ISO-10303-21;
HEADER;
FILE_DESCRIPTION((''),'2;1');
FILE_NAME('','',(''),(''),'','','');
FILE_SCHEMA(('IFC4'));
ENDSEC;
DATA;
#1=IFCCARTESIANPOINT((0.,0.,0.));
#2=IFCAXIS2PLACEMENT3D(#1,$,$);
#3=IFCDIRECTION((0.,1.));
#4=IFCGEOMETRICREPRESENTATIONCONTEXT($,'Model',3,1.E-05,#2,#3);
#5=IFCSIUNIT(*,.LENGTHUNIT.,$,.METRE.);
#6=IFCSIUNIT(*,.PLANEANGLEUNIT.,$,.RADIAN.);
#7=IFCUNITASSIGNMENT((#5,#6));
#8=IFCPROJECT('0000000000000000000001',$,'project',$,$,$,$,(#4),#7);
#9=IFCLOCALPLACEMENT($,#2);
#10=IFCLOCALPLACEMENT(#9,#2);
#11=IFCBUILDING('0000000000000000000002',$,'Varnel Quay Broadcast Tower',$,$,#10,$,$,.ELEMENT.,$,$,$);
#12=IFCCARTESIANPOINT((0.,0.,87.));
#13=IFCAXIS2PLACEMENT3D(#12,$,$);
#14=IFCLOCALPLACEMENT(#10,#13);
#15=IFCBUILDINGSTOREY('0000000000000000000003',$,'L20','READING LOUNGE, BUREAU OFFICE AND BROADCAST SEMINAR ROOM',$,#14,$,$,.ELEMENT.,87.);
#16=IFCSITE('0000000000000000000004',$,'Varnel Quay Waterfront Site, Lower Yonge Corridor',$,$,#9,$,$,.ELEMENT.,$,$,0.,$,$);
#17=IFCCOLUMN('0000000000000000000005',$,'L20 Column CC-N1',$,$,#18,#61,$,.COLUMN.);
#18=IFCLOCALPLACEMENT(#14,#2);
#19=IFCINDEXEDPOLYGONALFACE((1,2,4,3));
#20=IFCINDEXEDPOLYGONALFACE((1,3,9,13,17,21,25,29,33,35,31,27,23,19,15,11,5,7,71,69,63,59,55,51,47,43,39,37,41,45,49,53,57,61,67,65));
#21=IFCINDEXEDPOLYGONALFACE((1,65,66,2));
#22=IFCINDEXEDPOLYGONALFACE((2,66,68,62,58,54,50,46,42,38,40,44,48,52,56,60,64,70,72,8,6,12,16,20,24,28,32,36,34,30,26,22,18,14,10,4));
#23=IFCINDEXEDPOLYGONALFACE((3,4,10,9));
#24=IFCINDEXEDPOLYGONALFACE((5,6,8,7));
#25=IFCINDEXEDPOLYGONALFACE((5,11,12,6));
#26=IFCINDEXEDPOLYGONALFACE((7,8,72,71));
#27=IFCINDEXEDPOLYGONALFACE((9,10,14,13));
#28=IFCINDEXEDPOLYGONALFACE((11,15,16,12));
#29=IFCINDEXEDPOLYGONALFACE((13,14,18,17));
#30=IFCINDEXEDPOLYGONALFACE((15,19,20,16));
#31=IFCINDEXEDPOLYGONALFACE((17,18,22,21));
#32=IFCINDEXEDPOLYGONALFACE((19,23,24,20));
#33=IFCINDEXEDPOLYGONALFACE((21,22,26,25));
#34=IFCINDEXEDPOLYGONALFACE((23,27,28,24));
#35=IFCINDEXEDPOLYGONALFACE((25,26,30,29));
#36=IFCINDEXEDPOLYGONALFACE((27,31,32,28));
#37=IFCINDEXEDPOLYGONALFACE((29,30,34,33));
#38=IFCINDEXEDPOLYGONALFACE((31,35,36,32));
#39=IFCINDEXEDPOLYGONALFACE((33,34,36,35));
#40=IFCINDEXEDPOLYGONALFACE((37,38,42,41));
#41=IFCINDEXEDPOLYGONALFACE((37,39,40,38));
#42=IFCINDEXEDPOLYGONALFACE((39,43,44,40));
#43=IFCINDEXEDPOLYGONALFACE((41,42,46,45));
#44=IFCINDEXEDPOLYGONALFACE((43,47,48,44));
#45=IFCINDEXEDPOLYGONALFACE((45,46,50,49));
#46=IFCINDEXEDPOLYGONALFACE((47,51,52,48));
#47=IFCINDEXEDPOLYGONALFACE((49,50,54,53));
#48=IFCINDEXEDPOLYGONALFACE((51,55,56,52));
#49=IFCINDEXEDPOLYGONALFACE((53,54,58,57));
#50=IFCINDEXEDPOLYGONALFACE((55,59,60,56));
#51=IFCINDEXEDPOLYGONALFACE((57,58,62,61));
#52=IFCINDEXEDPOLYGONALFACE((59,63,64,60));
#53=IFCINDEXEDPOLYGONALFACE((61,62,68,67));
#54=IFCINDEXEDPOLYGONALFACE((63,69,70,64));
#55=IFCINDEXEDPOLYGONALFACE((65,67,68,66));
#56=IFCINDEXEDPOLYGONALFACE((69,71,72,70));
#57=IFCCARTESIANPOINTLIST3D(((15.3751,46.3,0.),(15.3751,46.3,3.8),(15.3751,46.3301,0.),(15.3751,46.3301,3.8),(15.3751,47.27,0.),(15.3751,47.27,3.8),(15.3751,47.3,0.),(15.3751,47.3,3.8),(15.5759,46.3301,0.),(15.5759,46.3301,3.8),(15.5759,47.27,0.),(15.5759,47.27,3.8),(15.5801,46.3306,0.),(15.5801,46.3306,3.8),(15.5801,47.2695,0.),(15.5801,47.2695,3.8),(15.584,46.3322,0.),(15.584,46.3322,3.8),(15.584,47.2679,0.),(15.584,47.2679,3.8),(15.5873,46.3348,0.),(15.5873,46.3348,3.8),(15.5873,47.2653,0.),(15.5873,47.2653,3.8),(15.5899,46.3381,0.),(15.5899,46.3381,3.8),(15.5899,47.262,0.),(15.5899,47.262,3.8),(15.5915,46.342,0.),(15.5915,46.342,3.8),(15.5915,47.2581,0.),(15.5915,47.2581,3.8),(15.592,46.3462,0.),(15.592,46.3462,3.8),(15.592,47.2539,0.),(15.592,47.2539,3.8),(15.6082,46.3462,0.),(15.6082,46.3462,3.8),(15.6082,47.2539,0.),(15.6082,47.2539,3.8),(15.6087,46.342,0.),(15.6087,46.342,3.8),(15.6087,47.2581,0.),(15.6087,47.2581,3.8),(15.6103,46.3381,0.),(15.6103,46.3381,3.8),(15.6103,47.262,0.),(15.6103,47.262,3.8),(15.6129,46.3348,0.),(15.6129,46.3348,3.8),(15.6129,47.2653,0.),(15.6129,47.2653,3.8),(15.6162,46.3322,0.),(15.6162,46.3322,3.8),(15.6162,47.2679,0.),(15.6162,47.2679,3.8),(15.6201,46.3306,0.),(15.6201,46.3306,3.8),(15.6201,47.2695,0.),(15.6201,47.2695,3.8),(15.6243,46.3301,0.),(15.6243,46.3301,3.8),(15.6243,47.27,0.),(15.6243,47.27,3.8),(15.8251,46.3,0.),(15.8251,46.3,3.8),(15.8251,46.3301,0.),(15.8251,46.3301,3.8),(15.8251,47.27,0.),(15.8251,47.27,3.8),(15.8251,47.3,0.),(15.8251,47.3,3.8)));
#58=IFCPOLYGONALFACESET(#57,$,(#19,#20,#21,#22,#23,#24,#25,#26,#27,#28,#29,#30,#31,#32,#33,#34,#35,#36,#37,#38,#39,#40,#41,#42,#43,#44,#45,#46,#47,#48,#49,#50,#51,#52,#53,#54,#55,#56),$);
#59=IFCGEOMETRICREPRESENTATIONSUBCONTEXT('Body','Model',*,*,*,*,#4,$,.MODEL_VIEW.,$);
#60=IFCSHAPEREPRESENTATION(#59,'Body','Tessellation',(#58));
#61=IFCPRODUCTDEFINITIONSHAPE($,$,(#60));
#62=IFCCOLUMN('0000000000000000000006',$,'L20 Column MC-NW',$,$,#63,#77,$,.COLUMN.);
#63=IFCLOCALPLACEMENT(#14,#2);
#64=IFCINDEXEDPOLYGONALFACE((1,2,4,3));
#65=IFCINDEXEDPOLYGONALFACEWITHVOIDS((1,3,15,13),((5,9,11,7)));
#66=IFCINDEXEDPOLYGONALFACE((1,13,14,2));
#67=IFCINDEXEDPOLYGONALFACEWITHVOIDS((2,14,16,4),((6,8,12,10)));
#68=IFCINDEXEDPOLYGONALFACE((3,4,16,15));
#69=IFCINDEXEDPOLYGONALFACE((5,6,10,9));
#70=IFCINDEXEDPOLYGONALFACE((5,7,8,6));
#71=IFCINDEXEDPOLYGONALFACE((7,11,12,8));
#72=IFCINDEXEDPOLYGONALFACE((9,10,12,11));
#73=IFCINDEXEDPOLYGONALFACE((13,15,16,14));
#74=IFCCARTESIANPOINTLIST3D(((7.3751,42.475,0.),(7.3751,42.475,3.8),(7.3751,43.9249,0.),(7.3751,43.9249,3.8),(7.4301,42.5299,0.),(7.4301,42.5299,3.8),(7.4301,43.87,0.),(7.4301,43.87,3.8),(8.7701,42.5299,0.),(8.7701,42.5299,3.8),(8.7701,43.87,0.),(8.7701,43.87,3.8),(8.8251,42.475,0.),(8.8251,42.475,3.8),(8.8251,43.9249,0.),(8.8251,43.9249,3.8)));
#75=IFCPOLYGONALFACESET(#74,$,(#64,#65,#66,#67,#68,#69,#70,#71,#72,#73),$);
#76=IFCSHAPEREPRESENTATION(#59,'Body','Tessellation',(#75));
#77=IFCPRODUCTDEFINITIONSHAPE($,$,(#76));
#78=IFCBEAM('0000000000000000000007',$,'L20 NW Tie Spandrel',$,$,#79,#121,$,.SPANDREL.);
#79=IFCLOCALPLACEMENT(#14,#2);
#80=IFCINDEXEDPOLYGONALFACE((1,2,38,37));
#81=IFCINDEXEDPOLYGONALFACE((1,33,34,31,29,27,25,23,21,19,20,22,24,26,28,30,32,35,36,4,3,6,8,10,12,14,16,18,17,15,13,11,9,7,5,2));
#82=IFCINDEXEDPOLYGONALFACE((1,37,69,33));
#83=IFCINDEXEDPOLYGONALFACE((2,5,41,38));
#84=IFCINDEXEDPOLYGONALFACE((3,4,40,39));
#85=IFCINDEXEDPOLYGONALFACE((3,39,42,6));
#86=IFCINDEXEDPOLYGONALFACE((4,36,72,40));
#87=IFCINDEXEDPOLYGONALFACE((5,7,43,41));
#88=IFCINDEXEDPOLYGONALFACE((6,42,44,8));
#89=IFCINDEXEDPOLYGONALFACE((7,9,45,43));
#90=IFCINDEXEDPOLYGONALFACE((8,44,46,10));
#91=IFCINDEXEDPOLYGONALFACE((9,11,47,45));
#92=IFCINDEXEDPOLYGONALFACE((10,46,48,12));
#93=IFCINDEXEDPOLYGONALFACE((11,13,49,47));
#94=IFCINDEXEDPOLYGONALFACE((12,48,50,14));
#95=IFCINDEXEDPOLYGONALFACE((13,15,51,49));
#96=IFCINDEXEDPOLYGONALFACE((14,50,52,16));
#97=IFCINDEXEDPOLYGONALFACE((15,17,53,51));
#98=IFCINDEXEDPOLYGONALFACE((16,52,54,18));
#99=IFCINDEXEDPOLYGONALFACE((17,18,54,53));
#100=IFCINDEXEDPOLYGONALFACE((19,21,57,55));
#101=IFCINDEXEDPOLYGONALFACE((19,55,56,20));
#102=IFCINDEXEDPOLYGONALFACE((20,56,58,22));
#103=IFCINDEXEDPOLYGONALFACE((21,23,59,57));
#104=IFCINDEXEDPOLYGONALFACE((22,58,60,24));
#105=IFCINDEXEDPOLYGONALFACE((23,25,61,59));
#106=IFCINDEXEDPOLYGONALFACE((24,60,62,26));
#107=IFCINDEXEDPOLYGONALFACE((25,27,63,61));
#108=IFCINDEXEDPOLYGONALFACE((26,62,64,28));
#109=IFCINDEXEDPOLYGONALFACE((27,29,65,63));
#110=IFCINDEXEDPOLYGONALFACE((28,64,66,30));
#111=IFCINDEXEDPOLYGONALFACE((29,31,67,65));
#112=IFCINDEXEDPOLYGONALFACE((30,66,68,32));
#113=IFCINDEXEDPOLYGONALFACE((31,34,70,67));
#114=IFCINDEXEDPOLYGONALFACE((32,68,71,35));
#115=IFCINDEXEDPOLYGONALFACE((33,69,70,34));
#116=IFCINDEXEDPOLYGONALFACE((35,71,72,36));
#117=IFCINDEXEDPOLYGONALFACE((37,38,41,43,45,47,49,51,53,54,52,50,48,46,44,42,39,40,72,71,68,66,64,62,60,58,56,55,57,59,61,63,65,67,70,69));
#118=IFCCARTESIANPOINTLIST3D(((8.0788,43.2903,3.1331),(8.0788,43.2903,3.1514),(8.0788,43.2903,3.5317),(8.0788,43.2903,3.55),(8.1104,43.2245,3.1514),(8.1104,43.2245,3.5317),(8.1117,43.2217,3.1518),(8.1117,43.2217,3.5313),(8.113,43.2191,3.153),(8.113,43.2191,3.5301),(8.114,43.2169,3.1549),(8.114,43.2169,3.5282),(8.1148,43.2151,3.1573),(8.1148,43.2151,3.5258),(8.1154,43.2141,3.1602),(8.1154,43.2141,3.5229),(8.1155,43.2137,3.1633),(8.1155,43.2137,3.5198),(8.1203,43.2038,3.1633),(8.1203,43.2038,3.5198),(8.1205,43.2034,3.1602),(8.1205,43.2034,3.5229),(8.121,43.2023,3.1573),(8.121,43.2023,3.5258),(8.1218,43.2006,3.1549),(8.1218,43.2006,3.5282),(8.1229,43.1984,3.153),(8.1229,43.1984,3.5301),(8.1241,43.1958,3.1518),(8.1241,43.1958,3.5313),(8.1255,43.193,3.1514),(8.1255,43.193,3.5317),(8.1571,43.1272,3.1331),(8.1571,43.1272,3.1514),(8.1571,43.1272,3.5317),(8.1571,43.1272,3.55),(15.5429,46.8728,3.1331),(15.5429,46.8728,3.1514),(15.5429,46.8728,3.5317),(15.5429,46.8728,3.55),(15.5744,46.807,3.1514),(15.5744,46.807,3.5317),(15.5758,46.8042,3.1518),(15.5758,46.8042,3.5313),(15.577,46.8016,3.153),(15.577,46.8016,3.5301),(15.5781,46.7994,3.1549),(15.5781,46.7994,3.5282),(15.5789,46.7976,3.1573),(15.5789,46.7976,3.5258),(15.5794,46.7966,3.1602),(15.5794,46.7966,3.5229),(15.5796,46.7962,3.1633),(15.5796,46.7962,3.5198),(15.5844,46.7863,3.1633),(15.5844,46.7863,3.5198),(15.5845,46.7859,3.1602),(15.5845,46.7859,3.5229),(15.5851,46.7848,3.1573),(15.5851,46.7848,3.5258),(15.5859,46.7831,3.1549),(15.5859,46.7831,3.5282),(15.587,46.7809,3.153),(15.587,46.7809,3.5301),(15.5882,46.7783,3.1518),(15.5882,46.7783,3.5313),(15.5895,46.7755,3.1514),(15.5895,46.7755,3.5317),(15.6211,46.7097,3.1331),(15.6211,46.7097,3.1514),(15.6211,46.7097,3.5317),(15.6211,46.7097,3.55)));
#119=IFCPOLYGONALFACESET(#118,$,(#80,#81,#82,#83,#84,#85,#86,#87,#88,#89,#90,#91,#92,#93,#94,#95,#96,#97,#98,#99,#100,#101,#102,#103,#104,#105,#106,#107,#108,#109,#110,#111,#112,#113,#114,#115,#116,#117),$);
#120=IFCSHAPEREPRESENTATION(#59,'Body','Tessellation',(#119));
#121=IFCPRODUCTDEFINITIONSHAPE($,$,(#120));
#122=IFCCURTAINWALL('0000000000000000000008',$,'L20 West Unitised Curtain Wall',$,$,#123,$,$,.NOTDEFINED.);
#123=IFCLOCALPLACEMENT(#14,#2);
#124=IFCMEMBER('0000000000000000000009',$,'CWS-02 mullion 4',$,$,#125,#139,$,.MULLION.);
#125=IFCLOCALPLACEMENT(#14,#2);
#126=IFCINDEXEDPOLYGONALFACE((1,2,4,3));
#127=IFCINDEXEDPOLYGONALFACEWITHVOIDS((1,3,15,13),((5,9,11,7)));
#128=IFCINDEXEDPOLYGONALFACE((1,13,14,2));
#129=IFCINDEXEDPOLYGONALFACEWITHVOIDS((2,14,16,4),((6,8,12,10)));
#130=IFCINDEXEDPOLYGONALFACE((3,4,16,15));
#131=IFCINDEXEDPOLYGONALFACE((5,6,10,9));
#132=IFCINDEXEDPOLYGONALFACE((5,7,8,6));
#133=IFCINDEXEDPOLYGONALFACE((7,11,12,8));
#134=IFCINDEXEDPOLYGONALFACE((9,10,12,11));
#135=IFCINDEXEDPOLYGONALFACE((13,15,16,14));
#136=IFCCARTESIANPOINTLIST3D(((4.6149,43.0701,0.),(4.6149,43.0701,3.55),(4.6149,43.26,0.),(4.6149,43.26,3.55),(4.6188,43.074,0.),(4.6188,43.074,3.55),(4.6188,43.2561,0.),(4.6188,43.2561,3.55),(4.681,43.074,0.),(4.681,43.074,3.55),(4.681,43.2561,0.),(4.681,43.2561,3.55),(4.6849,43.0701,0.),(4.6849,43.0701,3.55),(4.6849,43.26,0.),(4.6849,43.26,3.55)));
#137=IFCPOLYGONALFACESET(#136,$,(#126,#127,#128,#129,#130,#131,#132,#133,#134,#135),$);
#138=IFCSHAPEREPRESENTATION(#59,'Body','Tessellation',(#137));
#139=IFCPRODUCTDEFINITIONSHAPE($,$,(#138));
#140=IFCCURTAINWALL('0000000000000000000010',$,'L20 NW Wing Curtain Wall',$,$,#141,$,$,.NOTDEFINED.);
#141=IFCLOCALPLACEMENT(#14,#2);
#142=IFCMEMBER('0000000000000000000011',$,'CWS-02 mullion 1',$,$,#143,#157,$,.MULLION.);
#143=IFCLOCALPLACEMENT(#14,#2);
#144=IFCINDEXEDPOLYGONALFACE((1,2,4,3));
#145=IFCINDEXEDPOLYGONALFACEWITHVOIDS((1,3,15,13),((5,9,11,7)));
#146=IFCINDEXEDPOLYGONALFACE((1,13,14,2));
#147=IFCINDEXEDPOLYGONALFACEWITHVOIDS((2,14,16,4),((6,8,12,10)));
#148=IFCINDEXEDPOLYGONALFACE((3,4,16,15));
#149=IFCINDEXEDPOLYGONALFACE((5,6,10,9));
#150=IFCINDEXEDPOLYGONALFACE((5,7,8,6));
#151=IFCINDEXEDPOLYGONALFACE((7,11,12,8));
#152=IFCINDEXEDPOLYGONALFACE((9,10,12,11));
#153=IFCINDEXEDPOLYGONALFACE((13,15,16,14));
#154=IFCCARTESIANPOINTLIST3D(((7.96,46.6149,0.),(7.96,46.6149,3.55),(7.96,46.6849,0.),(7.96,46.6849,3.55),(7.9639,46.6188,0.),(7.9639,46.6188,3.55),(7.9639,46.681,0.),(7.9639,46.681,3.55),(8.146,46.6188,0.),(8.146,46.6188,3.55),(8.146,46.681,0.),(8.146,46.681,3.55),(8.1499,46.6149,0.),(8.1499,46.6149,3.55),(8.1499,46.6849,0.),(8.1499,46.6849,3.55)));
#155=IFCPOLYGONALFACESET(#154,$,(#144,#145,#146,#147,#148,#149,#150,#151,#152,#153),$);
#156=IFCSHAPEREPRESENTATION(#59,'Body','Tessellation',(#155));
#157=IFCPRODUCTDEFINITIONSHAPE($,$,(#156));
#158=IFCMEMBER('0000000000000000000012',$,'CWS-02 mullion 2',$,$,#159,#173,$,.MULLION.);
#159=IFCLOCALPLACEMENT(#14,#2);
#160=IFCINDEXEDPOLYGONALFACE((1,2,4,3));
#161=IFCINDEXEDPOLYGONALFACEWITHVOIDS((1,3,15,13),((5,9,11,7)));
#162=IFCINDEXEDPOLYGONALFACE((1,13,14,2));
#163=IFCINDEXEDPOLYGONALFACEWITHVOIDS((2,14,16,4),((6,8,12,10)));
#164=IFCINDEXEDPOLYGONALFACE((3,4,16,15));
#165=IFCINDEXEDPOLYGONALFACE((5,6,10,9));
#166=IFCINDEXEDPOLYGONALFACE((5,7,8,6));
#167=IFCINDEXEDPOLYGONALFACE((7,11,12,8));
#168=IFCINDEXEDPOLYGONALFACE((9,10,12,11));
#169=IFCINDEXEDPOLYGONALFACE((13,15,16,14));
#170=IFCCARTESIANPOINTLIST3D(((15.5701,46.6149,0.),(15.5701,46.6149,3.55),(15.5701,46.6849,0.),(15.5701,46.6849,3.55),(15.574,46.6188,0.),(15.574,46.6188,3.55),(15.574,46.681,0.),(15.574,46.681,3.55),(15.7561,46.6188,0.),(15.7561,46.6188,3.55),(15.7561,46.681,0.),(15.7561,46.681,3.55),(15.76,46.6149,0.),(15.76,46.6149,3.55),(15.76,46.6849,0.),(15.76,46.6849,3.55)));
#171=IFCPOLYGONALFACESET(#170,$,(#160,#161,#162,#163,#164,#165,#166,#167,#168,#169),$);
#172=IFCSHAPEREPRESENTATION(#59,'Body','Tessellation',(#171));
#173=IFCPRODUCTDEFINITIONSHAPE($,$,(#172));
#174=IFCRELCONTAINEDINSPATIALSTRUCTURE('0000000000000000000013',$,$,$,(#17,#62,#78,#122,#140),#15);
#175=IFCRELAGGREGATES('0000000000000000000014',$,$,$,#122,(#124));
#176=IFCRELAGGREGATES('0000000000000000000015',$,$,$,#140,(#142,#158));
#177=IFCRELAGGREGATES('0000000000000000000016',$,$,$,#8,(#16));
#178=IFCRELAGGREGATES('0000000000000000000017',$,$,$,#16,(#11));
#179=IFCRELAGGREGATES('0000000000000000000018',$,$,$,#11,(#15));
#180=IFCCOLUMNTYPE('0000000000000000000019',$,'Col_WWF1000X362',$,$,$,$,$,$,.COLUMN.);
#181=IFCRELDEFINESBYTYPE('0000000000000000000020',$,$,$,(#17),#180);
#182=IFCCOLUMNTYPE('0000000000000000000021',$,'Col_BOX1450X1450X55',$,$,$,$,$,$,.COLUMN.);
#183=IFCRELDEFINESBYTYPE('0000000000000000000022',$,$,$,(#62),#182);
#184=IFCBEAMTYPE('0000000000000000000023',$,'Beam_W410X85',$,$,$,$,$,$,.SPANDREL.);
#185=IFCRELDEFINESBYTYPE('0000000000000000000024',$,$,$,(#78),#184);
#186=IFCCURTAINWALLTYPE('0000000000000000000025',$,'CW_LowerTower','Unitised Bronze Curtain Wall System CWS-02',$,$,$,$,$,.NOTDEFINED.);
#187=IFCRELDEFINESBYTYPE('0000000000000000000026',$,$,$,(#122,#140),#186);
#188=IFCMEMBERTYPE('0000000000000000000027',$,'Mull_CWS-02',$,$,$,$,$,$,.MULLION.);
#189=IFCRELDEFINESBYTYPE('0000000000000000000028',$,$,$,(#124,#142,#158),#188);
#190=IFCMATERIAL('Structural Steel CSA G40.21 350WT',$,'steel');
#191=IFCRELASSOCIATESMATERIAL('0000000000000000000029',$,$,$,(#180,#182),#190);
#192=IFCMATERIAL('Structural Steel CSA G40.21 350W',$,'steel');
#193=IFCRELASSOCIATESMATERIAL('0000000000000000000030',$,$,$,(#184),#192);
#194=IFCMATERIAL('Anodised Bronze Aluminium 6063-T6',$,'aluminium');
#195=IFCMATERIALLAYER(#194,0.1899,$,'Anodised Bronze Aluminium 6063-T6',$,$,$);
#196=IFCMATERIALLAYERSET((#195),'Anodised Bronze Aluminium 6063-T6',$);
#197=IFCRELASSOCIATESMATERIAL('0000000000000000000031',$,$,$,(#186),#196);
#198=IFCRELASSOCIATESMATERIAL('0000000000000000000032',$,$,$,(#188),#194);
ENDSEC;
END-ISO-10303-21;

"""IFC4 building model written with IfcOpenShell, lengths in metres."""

from ifc_helpers import new_model, si_unit, direction, frame, origin, origin_2d, place, context, subcontext, project, spatial, hollow_rectangle, i_section, extrude, source, transform, mapped, material, layer, layer_set, material_profile, profile_set, type_object, type_shapes, element, aggregate, save


model = new_model("IFC4")

# Units and contexts
model_context = context("Model", 3, precision=1e-05, world=origin(), true_north=direction((0.0, 1.0)))
body_context = subcontext(model_context, "Body", "Model", "MODEL_VIEW")
ifc_project = project(units=[si_unit("LENGTHUNIT", "METRE"), si_unit("PLANEANGLEUNIT", "RADIAN")], contexts=[model_context])

# Site, building, storey
site_placement = place(None, origin())
site = spatial("IfcSite", under=ifc_project, at=site_placement, Name="Varnel Quay Waterfront Site, Lower Yonge Corridor", CompositionType="ELEMENT", RefElevation=0.0)
building_placement = place(site_placement, origin())
building = spatial("IfcBuilding", under=site, at=building_placement, Name="Varnel Quay Broadcast Tower", CompositionType="ELEMENT")
storey_placement = place(building_placement, frame((0.0, 0.0, 87.0)))
storey = spatial("IfcBuildingStorey", under=building, at=storey_placement, Name="L20", Description="READING LOUNGE, BUREAU OFFICE AND BROADCAST SEMINAR ROOM", CompositionType="ELEMENT", Elevation=87.0)

# Columns
ifc_material_1 = material(Name="Structural Steel CSA G40.21 350WT", Category="steel")
ifc_material_profile_1 = material_profile(ifc_material_1, i_section(OverallWidth=0.45, OverallDepth=1.0, WebThickness=0.0161, FlangeThickness=0.03, FilletRadius=0.0161, at=origin_2d()), Name="WWF1000X362")
ifc_profile_set_1 = profile_set([ifc_material_profile_1], Name="Structural Steel CSA G40.21 350WT")
column_type_1 = type_object("IfcColumnType", Name="Col_WWF1000X362", PredefinedType="COLUMN", material=ifc_profile_set_1)
shared_shape_1 = source(origin(), body_context, "Body", "SweptSolid", [
    extrude(i_section(OverallWidth=0.45, OverallDepth=1.0, WebThickness=0.0161, FlangeThickness=0.03, FilletRadius=0.0161, at=origin_2d()), origin(), (0.0, 0.0, 1.0), 3.8),
])
type_shapes(column_type_1, [shared_shape_1])
column_1_placement = place(storey_placement, frame((15.6001, 46.8, 0.0), z_axis=(0.0, 0.0, 1.0), x_axis=(1.0, 0.0, 0.0)))
element("IfcColumn", 1, at=column_1_placement, inside=storey, type_object=column_type_1, Name="L20 Column CC-N1", PredefinedType="COLUMN", context=body_context, shape_type="MappedRepresentation", body=[
    mapped(shared_shape_1, transform((0.0, 0.0, 0.0), x_axis=(1.0, 0.0, 0.0), y_axis=(0.0, 1.0, 0.0), z_axis=(0.0, 0.0, 1.0), scale=1.0)),
])
ifc_material_profile_2 = material_profile(ifc_material_1, hollow_rectangle(XDim=1.45, YDim=1.45, WallThickness=0.0549, at=origin_2d()), Name="BOX1450X1450X55")
ifc_profile_set_2 = profile_set([ifc_material_profile_2], Name="Structural Steel CSA G40.21 350WT")
column_type_2 = type_object("IfcColumnType", Name="Col_BOX1450X1450X55", PredefinedType="COLUMN", material=ifc_profile_set_2)
shared_shape_2 = source(origin(), body_context, "Body", "SweptSolid", [
    extrude(hollow_rectangle(XDim=1.45, YDim=1.45, WallThickness=0.0549, at=origin_2d()), origin(), (0.0, 0.0, 1.0), 3.8),
])
type_shapes(column_type_2, [shared_shape_2])
column_2_placement = place(storey_placement, frame((8.1001, 43.2, 0.0), z_axis=(0.0, 0.0, 1.0), x_axis=(1.0, 0.0, 0.0)))
element("IfcColumn", 2, at=column_2_placement, inside=storey, type_object=column_type_2, Name="L20 Column MC-NW", PredefinedType="COLUMN", context=body_context, shape_type="MappedRepresentation", body=[
    mapped(shared_shape_2, transform((0.0, 0.0, 0.0), x_axis=(1.0, 0.0, 0.0), y_axis=(0.0, 1.0, 0.0), z_axis=(0.0, 0.0, 1.0), scale=1.0)),
])

# Beam
ifc_material_2 = material(Name="Structural Steel CSA G40.21 350W", Category="steel")
ifc_material_profile_3 = material_profile(ifc_material_2, i_section(OverallWidth=0.1809, OverallDepth=0.417, WebThickness=0.011, FlangeThickness=0.0183, FilletRadius=0.012, at=origin_2d()), Name="W410X85")
ifc_profile_set_3 = profile_set([ifc_material_profile_3], Name="Structural Steel CSA G40.21 350W")
beam_type = type_object("IfcBeamType", Name="Beam_W410X85", PredefinedType="SPANDREL", material=ifc_profile_set_3)
shared_shape_3 = source(origin(), body_context, "Body", "SweptSolid", [
    extrude(i_section(OverallWidth=0.1809, OverallDepth=0.417, WebThickness=0.011, FlangeThickness=0.0183, FilletRadius=0.012, at=origin_2d()), origin(), (0.0, 0.0, 1.0), 8.2793),
])
type_shapes(beam_type, [shared_shape_3])
beam_placement = place(storey_placement, frame((8.1179, 43.2087, 3.3416), z_axis=(0.901535, 0.432706, 0.0), x_axis=(-0.432706, 0.901535, 0.0)))
element("IfcBeam", 3, at=beam_placement, inside=storey, type_object=beam_type, Name="L20 NW Tie Spandrel", PredefinedType="SPANDREL", context=body_context, shape_type="MappedRepresentation", body=[
    mapped(shared_shape_3, transform((0.0, 0.0, 0.0), x_axis=(1.0, 0.0, 0.0), y_axis=(0.0, 1.0, 0.0), z_axis=(0.0, 0.0, 1.0), scale=1.0)),
])

# Curtain wall, member
ifc_material_3 = material(Name="Anodised Bronze Aluminium 6063-T6", Category="aluminium")
ifc_layer_1 = layer(ifc_material_3, 0.1899, Name="Anodised Bronze Aluminium 6063-T6")
ifc_layer_set_1 = layer_set([ifc_layer_1], Name="Anodised Bronze Aluminium 6063-T6")
curtain_wall_type = type_object("IfcCurtainWallType", Name="CW_LowerTower", Description="Unitised Bronze Curtain Wall System CWS-02", PredefinedType="NOTDEFINED", material=ifc_layer_set_1)
curtain_wall_1_placement = place(storey_placement, origin())
curtain_wall_1 = element("IfcCurtainWall", 4, at=curtain_wall_1_placement, inside=storey, type_object=curtain_wall_type, Name="L20 West Unitised Curtain Wall", PredefinedType="NOTDEFINED")
ifc_material_profile_4 = material_profile(ifc_material_3, hollow_rectangle(XDim=0.0701, YDim=0.1899, WallThickness=0.0039, at=origin_2d()), Name="ALU70X190X4")
ifc_profile_set_4 = profile_set([ifc_material_profile_4], Name="Anodised Bronze Aluminium 6063-T6")
member_type_1 = type_object("IfcMemberType", Name="Mull_CWS-02", PredefinedType="MULLION", material=ifc_profile_set_4)
shared_shape_4 = source(origin(), body_context, "Body", "SweptSolid", [
    extrude(hollow_rectangle(XDim=0.0701, YDim=0.1899, WallThickness=0.0039, at=origin_2d()), origin(), (0.0, 0.0, 1.0), 3.55),
])
type_shapes(member_type_1, [shared_shape_4])
member_1_placement = place(storey_placement, frame((4.6499, 43.165, 0.0), z_axis=(0.0, 0.0, 1.0), x_axis=(-1.0, 0.0, 0.0)))
member_1 = element("IfcMember", 5, at=member_1_placement, type_object=member_type_1, Name="CWS-02 mullion 4", PredefinedType="MULLION", context=body_context, shape_type="MappedRepresentation", body=[
    mapped(shared_shape_4, transform((0.0, 0.0, 0.0), x_axis=(1.0, 0.0, 0.0), y_axis=(0.0, 1.0, 0.0), z_axis=(0.0, 0.0, 1.0), scale=1.0)),
])

# Curtain wall, members
curtain_wall_2_placement = place(storey_placement, origin())
curtain_wall_2 = element("IfcCurtainWall", 6, at=curtain_wall_2_placement, inside=storey, type_object=curtain_wall_type, Name="L20 NW Wing Curtain Wall", PredefinedType="NOTDEFINED")
member_2_placement = place(storey_placement, frame((8.0549, 46.6499, 0.0), z_axis=(0.0, 0.0, 1.0), x_axis=(0.0, 1.0, 0.0)))
member_2 = element("IfcMember", 7, at=member_2_placement, type_object=member_type_1, Name="CWS-02 mullion 1", PredefinedType="MULLION", context=body_context, shape_type="MappedRepresentation", body=[
    mapped(shared_shape_4, transform((0.0, 0.0, 0.0), x_axis=(1.0, 0.0, 0.0), y_axis=(0.0, 1.0, 0.0), z_axis=(0.0, 0.0, 1.0), scale=1.0)),
])
member_3_placement = place(storey_placement, frame((15.665, 46.6499, 0.0), z_axis=(0.0, 0.0, 1.0), x_axis=(0.0, 1.0, 0.0)))
member_3 = element("IfcMember", 8, at=member_3_placement, type_object=member_type_1, Name="CWS-02 mullion 2", PredefinedType="MULLION", context=body_context, shape_type="MappedRepresentation", body=[
    mapped(shared_shape_4, transform((0.0, 0.0, 0.0), x_axis=(1.0, 0.0, 0.0), y_axis=(0.0, 1.0, 0.0), z_axis=(0.0, 0.0, 1.0), scale=1.0)),
])

aggregate(curtain_wall_1, [member_1])
aggregate(curtain_wall_2, [member_2, member_3])

save(model, "model.ifc")
